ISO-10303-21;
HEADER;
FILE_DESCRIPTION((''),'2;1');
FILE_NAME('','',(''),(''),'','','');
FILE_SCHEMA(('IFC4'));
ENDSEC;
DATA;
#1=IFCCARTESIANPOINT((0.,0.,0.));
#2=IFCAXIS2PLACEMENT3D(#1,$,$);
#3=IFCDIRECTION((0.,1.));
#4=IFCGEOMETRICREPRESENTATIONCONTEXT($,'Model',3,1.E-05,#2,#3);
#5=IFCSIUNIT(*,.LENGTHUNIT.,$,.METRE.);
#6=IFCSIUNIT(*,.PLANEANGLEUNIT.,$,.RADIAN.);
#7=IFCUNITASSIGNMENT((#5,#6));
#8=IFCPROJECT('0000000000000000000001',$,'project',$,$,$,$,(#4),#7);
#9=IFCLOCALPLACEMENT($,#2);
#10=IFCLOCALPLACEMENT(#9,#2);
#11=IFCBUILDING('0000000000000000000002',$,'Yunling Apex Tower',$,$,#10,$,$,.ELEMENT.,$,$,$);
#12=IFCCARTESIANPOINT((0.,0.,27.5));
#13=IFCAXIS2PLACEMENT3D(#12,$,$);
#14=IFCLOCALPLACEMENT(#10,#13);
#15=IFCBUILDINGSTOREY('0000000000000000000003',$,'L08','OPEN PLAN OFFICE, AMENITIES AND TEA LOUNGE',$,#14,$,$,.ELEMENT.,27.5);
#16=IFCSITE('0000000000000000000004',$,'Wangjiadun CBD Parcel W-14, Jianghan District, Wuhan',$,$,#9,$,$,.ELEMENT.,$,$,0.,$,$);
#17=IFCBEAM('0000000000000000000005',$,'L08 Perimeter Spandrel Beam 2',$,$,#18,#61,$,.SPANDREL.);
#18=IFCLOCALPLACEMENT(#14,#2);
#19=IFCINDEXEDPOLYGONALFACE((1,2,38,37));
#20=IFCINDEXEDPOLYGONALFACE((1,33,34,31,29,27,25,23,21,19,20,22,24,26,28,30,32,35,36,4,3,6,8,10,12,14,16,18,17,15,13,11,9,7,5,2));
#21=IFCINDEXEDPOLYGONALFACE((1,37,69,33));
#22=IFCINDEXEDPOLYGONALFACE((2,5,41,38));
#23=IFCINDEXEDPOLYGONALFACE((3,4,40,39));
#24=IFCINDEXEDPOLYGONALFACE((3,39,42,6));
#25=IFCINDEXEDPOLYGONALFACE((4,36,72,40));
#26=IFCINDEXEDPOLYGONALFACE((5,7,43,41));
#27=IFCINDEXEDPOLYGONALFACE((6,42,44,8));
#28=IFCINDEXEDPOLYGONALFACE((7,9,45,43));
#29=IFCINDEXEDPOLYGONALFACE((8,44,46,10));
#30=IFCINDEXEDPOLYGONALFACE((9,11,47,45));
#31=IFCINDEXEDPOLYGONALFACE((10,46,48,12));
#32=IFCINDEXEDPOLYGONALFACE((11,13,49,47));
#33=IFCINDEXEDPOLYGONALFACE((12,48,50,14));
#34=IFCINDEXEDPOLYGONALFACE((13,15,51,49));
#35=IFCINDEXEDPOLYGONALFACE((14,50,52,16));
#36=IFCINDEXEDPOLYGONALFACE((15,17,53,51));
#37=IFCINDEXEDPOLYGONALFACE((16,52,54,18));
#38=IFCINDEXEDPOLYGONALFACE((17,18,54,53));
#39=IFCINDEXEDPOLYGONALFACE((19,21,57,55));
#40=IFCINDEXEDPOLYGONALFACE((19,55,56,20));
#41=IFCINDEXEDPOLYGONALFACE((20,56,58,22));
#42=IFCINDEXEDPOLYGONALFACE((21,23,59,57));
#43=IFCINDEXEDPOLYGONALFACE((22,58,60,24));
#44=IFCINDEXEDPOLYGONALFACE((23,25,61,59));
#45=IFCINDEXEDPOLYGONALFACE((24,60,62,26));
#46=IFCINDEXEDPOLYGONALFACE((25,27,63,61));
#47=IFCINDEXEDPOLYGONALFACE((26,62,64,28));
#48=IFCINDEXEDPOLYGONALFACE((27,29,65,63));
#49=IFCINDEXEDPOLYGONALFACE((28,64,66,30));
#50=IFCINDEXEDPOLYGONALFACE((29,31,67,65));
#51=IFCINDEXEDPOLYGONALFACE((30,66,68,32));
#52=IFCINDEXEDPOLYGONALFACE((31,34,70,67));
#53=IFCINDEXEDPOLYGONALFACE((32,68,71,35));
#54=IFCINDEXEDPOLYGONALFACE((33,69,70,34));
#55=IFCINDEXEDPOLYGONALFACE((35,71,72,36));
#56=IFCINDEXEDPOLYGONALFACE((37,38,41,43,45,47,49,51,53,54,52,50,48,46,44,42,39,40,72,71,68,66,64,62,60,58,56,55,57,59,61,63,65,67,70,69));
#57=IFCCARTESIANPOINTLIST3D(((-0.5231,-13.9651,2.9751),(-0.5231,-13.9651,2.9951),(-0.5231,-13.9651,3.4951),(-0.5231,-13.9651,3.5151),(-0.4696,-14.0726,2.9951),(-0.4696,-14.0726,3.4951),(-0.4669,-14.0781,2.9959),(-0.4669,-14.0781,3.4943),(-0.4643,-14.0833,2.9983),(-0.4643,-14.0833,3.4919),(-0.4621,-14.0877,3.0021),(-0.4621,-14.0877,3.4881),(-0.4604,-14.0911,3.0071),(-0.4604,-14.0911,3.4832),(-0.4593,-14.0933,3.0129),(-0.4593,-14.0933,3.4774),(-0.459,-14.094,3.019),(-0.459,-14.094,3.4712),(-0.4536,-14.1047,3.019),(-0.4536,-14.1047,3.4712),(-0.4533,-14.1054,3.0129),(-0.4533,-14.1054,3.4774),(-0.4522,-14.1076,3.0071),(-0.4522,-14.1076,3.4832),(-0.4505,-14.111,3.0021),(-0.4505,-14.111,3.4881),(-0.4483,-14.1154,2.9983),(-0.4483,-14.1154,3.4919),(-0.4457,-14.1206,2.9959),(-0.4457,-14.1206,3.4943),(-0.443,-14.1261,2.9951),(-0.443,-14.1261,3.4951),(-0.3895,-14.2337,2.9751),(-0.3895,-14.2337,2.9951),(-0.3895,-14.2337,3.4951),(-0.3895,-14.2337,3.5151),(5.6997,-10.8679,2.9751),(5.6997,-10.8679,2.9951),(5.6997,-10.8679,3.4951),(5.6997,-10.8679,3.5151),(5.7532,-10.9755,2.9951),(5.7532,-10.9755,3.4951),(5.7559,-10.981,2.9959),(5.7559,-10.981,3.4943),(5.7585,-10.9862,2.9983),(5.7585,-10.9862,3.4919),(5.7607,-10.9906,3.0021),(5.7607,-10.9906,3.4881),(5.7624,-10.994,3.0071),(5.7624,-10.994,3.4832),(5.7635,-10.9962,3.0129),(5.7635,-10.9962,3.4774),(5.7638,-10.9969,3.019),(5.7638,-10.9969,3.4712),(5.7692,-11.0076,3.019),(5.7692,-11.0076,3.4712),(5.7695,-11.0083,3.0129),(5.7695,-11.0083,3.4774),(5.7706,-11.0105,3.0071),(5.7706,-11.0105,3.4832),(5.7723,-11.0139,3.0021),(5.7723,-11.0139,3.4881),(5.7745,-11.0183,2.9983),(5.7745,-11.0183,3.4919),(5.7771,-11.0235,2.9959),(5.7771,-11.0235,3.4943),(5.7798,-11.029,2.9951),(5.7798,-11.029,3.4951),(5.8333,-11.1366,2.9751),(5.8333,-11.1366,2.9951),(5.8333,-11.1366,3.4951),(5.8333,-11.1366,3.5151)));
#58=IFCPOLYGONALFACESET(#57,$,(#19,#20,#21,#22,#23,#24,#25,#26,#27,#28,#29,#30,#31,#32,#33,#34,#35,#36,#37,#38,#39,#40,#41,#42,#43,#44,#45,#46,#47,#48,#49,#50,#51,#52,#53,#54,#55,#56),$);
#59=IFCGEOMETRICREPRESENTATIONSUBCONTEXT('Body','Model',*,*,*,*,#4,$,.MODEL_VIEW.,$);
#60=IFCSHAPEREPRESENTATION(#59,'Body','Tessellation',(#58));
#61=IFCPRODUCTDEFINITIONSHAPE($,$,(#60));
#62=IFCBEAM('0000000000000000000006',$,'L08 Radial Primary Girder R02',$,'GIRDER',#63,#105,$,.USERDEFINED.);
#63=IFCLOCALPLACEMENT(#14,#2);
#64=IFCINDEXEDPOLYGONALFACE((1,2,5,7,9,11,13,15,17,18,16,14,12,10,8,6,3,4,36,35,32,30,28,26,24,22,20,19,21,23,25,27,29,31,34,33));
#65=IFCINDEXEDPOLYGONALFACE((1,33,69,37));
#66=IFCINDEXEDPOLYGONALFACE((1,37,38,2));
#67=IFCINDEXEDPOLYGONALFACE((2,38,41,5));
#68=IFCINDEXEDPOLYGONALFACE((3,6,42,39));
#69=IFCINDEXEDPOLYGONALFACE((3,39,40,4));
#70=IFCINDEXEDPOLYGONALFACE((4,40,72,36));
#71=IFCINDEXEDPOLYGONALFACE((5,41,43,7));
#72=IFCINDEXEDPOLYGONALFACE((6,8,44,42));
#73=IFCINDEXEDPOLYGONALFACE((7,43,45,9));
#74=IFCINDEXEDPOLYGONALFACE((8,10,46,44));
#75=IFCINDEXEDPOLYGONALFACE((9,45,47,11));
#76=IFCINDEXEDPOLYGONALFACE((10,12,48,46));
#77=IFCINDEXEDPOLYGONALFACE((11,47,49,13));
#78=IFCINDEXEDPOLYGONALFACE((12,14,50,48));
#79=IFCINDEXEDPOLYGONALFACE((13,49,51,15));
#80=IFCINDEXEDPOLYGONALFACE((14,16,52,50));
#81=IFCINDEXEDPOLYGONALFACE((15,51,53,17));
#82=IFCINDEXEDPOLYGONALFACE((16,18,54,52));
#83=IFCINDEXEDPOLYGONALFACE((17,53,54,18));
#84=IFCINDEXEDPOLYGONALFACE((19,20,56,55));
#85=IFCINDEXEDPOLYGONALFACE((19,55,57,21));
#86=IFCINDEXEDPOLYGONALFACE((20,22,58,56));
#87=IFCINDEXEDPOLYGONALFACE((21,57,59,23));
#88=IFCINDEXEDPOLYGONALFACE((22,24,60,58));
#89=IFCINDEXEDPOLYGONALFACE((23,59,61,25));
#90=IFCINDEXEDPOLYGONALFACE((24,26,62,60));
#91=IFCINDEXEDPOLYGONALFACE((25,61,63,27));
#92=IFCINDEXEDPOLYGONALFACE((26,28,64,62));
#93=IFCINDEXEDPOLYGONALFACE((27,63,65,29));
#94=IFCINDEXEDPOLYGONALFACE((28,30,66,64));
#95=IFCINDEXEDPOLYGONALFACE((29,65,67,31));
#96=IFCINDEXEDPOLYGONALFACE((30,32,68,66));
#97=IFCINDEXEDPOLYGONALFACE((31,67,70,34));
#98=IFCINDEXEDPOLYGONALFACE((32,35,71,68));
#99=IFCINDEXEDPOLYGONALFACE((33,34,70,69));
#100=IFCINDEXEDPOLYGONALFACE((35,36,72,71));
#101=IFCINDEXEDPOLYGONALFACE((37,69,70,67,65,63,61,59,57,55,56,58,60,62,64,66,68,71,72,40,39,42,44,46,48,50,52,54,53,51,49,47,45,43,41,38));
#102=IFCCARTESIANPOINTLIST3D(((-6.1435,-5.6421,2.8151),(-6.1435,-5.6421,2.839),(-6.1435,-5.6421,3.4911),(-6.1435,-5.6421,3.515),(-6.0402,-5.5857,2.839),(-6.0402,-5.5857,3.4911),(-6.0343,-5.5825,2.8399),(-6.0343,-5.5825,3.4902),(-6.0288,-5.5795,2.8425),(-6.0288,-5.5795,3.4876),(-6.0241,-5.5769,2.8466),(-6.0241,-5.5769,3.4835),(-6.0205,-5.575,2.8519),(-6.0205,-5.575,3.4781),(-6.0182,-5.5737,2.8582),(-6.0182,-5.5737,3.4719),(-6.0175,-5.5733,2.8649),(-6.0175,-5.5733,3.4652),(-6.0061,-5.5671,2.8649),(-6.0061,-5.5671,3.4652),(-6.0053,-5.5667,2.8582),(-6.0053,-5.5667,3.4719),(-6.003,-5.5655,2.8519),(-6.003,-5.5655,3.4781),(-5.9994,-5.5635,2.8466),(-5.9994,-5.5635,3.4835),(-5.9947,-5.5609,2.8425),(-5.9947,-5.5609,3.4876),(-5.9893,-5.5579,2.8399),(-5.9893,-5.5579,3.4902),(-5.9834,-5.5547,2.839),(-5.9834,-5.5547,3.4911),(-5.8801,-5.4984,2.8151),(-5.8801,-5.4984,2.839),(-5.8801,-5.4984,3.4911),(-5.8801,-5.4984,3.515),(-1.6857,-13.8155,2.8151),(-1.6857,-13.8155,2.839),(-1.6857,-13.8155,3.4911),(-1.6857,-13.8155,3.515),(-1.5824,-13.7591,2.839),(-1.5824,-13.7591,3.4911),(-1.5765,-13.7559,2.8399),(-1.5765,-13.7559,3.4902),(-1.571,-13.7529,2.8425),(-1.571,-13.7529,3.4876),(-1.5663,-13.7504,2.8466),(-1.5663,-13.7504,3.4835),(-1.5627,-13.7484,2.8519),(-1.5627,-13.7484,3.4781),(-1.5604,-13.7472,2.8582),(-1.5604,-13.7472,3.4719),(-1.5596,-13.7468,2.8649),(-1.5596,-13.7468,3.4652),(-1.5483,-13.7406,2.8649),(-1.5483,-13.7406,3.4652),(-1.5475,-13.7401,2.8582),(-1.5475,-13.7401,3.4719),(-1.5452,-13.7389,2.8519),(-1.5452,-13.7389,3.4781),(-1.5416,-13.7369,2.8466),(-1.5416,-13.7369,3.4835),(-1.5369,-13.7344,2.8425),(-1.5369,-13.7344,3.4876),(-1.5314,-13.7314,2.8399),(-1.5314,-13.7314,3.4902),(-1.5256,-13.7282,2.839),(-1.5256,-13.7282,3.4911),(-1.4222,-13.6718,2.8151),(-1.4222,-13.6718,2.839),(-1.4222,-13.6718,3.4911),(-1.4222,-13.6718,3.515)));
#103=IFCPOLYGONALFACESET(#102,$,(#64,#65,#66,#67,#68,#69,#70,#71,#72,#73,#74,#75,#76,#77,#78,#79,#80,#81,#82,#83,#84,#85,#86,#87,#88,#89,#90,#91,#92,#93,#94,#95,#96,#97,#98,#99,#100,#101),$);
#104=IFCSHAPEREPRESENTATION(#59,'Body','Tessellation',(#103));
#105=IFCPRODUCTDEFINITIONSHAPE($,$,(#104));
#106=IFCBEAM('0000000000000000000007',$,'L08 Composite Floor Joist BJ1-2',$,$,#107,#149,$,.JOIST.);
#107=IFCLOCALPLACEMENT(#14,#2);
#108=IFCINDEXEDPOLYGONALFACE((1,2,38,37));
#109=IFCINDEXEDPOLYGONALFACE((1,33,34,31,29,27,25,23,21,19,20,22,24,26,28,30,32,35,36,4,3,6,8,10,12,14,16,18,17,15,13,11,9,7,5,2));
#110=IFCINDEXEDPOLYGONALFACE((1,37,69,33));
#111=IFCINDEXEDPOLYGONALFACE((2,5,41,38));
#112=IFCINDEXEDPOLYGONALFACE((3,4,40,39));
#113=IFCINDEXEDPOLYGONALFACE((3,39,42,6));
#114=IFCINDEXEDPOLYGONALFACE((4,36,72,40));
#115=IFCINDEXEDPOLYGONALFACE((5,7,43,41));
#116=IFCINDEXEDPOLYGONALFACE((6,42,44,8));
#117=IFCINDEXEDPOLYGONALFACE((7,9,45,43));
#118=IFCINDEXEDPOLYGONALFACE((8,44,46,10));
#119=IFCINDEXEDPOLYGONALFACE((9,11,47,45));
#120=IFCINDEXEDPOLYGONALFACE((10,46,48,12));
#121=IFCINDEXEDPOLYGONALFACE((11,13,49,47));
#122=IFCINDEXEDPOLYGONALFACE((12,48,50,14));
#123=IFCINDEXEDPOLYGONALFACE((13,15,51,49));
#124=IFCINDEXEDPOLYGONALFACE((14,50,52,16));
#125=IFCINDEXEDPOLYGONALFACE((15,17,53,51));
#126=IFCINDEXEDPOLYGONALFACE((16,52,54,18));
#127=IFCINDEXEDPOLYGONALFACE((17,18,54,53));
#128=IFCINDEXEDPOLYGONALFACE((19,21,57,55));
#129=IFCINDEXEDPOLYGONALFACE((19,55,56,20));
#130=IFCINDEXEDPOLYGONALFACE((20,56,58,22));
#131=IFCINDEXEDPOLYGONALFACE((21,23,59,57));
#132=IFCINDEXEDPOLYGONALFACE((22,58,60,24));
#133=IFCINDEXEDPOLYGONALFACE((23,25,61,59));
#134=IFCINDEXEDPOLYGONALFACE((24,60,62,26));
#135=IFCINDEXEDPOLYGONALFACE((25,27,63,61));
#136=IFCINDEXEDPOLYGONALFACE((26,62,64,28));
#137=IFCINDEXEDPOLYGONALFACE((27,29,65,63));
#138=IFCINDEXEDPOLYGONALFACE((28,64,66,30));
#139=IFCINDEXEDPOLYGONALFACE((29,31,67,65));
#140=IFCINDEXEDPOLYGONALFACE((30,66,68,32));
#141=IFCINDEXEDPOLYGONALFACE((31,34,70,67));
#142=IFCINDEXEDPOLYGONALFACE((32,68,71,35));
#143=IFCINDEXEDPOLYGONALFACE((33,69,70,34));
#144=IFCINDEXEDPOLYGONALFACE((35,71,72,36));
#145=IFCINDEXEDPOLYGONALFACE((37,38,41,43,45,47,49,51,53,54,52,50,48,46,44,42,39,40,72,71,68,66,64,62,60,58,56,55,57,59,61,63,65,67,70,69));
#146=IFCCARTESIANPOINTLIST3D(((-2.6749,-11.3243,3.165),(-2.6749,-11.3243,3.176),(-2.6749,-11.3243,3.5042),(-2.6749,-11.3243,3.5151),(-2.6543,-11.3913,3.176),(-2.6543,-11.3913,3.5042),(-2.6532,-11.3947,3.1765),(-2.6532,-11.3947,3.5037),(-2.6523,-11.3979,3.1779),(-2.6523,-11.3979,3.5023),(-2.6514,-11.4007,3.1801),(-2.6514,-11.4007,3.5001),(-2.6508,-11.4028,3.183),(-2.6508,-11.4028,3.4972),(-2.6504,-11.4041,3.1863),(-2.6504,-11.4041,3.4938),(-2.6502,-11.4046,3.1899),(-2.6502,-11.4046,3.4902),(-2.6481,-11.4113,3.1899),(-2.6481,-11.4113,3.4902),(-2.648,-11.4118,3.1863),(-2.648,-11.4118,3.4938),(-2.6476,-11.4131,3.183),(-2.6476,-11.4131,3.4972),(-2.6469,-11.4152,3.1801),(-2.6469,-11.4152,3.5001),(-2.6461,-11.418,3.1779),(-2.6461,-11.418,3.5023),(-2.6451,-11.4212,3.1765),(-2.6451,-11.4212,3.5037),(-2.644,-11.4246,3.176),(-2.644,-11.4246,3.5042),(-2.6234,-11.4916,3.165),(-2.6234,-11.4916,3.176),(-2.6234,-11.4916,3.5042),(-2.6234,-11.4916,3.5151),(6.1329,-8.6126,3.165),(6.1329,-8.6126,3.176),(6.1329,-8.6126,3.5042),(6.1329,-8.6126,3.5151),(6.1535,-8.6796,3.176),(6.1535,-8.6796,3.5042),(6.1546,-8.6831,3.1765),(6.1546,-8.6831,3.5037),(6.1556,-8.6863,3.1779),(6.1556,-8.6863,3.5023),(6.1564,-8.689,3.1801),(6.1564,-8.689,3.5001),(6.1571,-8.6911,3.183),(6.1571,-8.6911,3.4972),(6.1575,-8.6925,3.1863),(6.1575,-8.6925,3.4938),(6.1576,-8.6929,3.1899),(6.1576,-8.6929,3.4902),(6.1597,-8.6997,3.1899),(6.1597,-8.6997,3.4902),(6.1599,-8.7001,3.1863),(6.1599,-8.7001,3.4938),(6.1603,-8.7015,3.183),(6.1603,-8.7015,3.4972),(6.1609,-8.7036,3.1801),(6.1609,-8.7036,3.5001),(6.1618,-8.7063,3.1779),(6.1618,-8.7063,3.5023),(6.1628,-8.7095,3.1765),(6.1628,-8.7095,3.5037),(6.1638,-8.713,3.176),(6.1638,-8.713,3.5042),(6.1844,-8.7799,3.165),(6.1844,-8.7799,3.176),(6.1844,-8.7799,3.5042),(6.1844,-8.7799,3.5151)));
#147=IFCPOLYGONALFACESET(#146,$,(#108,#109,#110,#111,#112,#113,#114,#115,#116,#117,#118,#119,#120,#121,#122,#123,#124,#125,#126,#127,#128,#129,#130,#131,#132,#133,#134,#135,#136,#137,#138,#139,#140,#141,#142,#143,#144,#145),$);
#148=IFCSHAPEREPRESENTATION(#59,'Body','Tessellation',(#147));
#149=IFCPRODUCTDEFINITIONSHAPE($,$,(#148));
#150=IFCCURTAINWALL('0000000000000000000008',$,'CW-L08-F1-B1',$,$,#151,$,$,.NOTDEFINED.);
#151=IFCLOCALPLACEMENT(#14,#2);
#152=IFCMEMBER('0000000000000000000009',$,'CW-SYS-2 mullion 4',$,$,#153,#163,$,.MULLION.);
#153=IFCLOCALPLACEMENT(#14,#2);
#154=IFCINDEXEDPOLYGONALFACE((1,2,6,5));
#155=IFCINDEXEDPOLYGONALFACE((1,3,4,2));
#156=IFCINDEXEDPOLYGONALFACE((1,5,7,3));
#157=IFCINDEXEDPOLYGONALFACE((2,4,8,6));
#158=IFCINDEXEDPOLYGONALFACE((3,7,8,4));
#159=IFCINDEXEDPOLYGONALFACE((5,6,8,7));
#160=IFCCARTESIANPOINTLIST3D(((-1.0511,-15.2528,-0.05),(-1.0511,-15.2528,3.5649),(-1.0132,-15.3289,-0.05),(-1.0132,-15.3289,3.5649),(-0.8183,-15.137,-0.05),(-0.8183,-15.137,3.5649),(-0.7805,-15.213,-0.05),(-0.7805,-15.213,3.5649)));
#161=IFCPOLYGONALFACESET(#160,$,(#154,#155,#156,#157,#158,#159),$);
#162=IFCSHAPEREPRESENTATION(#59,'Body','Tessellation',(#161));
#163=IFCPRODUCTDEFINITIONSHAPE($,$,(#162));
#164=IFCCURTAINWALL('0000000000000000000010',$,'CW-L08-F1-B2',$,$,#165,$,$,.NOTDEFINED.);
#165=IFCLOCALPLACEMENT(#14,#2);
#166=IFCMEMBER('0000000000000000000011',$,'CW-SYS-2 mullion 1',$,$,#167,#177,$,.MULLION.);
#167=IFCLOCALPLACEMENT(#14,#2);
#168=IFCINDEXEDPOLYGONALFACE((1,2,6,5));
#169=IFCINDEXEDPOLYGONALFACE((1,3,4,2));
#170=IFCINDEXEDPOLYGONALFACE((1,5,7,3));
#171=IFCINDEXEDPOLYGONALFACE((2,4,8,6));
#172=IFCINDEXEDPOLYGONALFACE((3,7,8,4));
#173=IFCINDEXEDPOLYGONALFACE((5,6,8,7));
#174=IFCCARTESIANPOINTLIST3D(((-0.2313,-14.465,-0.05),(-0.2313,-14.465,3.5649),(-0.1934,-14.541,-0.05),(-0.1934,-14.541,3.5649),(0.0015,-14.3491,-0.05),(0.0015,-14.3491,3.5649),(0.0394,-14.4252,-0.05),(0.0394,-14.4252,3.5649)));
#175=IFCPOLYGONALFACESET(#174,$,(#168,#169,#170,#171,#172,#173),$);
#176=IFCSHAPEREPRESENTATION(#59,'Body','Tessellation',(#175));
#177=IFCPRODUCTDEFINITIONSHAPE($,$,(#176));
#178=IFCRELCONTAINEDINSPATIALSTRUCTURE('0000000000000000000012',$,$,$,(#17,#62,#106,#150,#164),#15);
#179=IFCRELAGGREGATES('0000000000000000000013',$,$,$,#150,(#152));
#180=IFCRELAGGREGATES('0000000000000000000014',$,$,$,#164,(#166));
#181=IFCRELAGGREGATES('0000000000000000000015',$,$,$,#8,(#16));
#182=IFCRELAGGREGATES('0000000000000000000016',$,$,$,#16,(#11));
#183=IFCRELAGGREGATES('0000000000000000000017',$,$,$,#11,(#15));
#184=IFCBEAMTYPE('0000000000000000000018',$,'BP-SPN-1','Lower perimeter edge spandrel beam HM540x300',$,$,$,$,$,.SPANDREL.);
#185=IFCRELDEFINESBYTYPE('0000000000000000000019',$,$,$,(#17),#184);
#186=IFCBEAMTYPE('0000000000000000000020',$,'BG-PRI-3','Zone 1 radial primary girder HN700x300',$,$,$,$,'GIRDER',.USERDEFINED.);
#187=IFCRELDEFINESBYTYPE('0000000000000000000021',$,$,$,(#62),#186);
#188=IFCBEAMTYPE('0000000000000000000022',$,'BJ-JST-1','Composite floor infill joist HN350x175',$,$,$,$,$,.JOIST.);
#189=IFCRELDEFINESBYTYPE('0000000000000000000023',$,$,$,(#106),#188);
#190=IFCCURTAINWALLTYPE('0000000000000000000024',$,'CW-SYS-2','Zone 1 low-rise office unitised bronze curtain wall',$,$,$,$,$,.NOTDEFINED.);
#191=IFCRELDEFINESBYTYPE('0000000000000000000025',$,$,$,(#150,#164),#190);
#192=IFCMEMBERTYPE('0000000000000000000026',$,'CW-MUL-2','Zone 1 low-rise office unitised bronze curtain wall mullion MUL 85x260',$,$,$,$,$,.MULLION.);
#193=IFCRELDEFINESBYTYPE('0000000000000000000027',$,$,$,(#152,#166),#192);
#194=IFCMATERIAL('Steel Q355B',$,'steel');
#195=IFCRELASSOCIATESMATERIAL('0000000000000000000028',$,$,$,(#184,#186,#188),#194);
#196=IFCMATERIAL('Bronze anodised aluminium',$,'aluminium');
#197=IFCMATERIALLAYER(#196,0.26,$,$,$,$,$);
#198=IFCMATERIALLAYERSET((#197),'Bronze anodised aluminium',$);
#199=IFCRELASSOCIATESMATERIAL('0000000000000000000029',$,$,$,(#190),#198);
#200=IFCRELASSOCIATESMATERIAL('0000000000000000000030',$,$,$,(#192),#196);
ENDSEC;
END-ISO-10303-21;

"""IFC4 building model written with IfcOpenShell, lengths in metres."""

from ifc_helpers import new_model, si_unit, direction, frame, origin, origin_2d, place, context, subcontext, project, spatial, rectangle, i_section, extrude, source, transform, mapped, material, layer, layer_set, material_profile, profile_set, type_object, element, aggregate, save


model = new_model("IFC4")

# Units and contexts
model_context = context("Model", 3, precision=1e-05, world=origin(), true_north=direction((0.0, 1.0)))
body_context = subcontext(model_context, "Body", "Model", "MODEL_VIEW")
ifc_project = project(units=[si_unit("LENGTHUNIT", "METRE"), si_unit("PLANEANGLEUNIT", "RADIAN")], contexts=[model_context])

# Site, building, storey
site_placement = place(None, origin())
site = spatial("IfcSite", under=ifc_project, at=site_placement, Name="Wangjiadun CBD Parcel W-14, Jianghan District, Wuhan", CompositionType="ELEMENT", RefElevation=0.0)
building_placement = place(site_placement, origin())
building = spatial("IfcBuilding", under=site, at=building_placement, Name="Yunling Apex Tower", CompositionType="ELEMENT")
storey_placement = place(building_placement, frame((0.0, 0.0, 27.5)))
storey = spatial("IfcBuildingStorey", under=building, at=storey_placement, Name="L08", Description="OPEN PLAN OFFICE, AMENITIES AND TEA LOUNGE", CompositionType="ELEMENT", Elevation=27.5)

# Beams
ifc_material_1 = material(Name="Steel Q355B", Category="steel")
ifc_material_profile_1 = material_profile(ifc_material_1, i_section(OverallWidth=0.3, OverallDepth=0.54, WebThickness=0.012, FlangeThickness=0.02, FilletRadius=0.0239, at=origin_2d()))
ifc_profile_set_1 = profile_set([ifc_material_profile_1], Name="Steel Q355B")
beam_type_1 = type_object("IfcBeamType", Name="BP-SPN-1", Description="Lower perimeter edge spandrel beam HM540x300", PredefinedType="SPANDREL", material=ifc_profile_set_1)
shared_shape_1 = source(origin(), body_context, "Body", "SweptSolid", [
    extrude(i_section(OverallWidth=0.3, OverallDepth=0.54, WebThickness=0.012, FlangeThickness=0.02, FilletRadius=0.0239, at=origin_2d()), origin(), (0.0, 0.0, 1.0), 6.9509),
])
beam_1_placement = place(storey_placement, frame((-0.4563, -14.0994, 3.2451), z_axis=(0.895248, 0.445569, 0.0), x_axis=(-0.445569, 0.895248, 0.0)))
element("IfcBeam", 1, at=beam_1_placement, inside=storey, type_object=beam_type_1, Name="L08 Perimeter Spandrel Beam 2", PredefinedType="SPANDREL", context=body_context, shape_type="MappedRepresentation", body=[
    mapped(shared_shape_1, transform((0.0, 0.0, 0.0), scale=1.0)),
])
ifc_material_profile_2 = material_profile(ifc_material_1, i_section(OverallWidth=0.3, OverallDepth=0.7, WebThickness=0.0129, FlangeThickness=0.0239, FilletRadius=0.0259, at=origin_2d()))
ifc_profile_set_2 = profile_set([ifc_material_profile_2], Name="Steel Q355B")
beam_type_2 = type_object("IfcBeamType", Name="BG-PRI-3", Description="Zone 1 radial primary girder HN700x300", ElementType="GIRDER", PredefinedType="USERDEFINED", material=ifc_profile_set_2)
shared_shape_2 = source(origin(), body_context, "Body", "SweptSolid", [
    extrude(i_section(OverallWidth=0.3, OverallDepth=0.7, WebThickness=0.0129, FlangeThickness=0.0239, FilletRadius=0.0259, at=origin_2d()), origin(), (0.0, 0.0, 1.0), 9.3101),
])
beam_2_placement = place(storey_placement, frame((-1.554, -13.7437, 3.165), z_axis=(-0.478817, 0.877915, 0.0), x_axis=(-0.877915, -0.478817, 0.0)))
element("IfcBeam", 2, at=beam_2_placement, inside=storey, type_object=beam_type_2, Name="L08 Radial Primary Girder R02", ObjectType="GIRDER", PredefinedType="USERDEFINED", context=body_context, shape_type="MappedRepresentation", body=[
    mapped(shared_shape_2, transform((0.0, 0.0, 0.0), scale=1.0)),
])
ifc_material_profile_3 = material_profile(ifc_material_1, i_section(OverallWidth=0.175, OverallDepth=0.3501, WebThickness=0.0071, FlangeThickness=0.011, FilletRadius=0.0139, at=origin_2d()))
ifc_profile_set_3 = profile_set([ifc_material_profile_3], Name="Steel Q355B")
beam_type_3 = type_object("IfcBeamType", Name="BJ-JST-1", Description="Composite floor infill joist HN350x175", PredefinedType="JOIST", material=ifc_profile_set_3)
shared_shape_3 = source(origin(), body_context, "Body", "SweptSolid", [
    extrude(i_section(OverallWidth=0.175, OverallDepth=0.3501, WebThickness=0.0071, FlangeThickness=0.011, FilletRadius=0.0139, at=origin_2d()), origin(), (0.0, 0.0, 1.0), 9.2158),
])
beam_3_placement = place(storey_placement, frame((-2.6492, -11.408, 3.3401), z_axis=(0.955731, 0.29424, 0.0), x_axis=(-0.29424, 0.955731, 0.0)))
element("IfcBeam", 3, at=beam_3_placement, inside=storey, type_object=beam_type_3, Name="L08 Composite Floor Joist BJ1-2", PredefinedType="JOIST", context=body_context, shape_type="MappedRepresentation", body=[
    mapped(shared_shape_3, transform((0.0, 0.0, 0.0), scale=1.0)),
])

# Curtain walls, members
ifc_material_2 = material(Name="Bronze anodised aluminium", Category="aluminium")
ifc_layer_1 = layer(ifc_material_2, 0.26)
ifc_layer_set_1 = layer_set([ifc_layer_1], Name="Bronze anodised aluminium")
curtain_wall_type = type_object("IfcCurtainWallType", Name="CW-SYS-2", Description="Zone 1 low-rise office unitised bronze curtain wall", PredefinedType="NOTDEFINED", material=ifc_layer_set_1)
curtain_wall_1_placement = place(storey_placement, origin())
curtain_wall_1 = element("IfcCurtainWall", 4, at=curtain_wall_1_placement, inside=storey, type_object=curtain_wall_type, Name="CW-L08-F1-B1", PredefinedType="NOTDEFINED")
ifc_material_profile_4 = material_profile(ifc_material_2, rectangle(XDim=0.085, YDim=0.26, at=origin_2d()))
ifc_profile_set_4 = profile_set([ifc_material_profile_4], Name="Bronze anodised aluminium")
member_type_1 = type_object("IfcMemberType", Name="CW-MUL-2", Description="Zone 1 low-rise office unitised bronze curtain wall mullion MUL 85x260", PredefinedType="MULLION", material=ifc_profile_set_4)
shared_shape_4 = source(origin(), body_context, "Body", "SweptSolid", [
    extrude(rectangle(XDim=0.085, YDim=0.26, at=origin_2d()), origin(), (0.0, 0.0, 1.0), 3.615),
])
member_1_placement = place(storey_placement, frame((-0.9158, -15.2329, -0.05), z_axis=(0.0, 0.0, 1.0), x_axis=(-0.445571, 0.895247, 0.0)))
member_1 = element("IfcMember", 5, at=member_1_placement, type_object=member_type_1, Name="CW-SYS-2 mullion 4", PredefinedType="MULLION", context=body_context, shape_type="MappedRepresentation", body=[
    mapped(shared_shape_4, transform((0.0, 0.0, 0.0), scale=1.0)),
])
curtain_wall_2_placement = place(storey_placement, origin())
curtain_wall_2 = element("IfcCurtainWall", 6, at=curtain_wall_2_placement, inside=storey, type_object=curtain_wall_type, Name="CW-L08-F1-B2", PredefinedType="NOTDEFINED")
member_2_placement = place(storey_placement, frame((-0.0959, -14.4451, -0.05), z_axis=(0.0, 0.0, 1.0), x_axis=(-0.445583, 0.895241, 0.0)))
member_2 = element("IfcMember", 7, at=member_2_placement, type_object=member_type_1, Name="CW-SYS-2 mullion 1", PredefinedType="MULLION", context=body_context, shape_type="MappedRepresentation", body=[
    mapped(shared_shape_4, transform((0.0, 0.0, 0.0), scale=1.0)),
])

aggregate(curtain_wall_1, [member_1])
aggregate(curtain_wall_2, [member_2])

save(model, "model.ifc")
